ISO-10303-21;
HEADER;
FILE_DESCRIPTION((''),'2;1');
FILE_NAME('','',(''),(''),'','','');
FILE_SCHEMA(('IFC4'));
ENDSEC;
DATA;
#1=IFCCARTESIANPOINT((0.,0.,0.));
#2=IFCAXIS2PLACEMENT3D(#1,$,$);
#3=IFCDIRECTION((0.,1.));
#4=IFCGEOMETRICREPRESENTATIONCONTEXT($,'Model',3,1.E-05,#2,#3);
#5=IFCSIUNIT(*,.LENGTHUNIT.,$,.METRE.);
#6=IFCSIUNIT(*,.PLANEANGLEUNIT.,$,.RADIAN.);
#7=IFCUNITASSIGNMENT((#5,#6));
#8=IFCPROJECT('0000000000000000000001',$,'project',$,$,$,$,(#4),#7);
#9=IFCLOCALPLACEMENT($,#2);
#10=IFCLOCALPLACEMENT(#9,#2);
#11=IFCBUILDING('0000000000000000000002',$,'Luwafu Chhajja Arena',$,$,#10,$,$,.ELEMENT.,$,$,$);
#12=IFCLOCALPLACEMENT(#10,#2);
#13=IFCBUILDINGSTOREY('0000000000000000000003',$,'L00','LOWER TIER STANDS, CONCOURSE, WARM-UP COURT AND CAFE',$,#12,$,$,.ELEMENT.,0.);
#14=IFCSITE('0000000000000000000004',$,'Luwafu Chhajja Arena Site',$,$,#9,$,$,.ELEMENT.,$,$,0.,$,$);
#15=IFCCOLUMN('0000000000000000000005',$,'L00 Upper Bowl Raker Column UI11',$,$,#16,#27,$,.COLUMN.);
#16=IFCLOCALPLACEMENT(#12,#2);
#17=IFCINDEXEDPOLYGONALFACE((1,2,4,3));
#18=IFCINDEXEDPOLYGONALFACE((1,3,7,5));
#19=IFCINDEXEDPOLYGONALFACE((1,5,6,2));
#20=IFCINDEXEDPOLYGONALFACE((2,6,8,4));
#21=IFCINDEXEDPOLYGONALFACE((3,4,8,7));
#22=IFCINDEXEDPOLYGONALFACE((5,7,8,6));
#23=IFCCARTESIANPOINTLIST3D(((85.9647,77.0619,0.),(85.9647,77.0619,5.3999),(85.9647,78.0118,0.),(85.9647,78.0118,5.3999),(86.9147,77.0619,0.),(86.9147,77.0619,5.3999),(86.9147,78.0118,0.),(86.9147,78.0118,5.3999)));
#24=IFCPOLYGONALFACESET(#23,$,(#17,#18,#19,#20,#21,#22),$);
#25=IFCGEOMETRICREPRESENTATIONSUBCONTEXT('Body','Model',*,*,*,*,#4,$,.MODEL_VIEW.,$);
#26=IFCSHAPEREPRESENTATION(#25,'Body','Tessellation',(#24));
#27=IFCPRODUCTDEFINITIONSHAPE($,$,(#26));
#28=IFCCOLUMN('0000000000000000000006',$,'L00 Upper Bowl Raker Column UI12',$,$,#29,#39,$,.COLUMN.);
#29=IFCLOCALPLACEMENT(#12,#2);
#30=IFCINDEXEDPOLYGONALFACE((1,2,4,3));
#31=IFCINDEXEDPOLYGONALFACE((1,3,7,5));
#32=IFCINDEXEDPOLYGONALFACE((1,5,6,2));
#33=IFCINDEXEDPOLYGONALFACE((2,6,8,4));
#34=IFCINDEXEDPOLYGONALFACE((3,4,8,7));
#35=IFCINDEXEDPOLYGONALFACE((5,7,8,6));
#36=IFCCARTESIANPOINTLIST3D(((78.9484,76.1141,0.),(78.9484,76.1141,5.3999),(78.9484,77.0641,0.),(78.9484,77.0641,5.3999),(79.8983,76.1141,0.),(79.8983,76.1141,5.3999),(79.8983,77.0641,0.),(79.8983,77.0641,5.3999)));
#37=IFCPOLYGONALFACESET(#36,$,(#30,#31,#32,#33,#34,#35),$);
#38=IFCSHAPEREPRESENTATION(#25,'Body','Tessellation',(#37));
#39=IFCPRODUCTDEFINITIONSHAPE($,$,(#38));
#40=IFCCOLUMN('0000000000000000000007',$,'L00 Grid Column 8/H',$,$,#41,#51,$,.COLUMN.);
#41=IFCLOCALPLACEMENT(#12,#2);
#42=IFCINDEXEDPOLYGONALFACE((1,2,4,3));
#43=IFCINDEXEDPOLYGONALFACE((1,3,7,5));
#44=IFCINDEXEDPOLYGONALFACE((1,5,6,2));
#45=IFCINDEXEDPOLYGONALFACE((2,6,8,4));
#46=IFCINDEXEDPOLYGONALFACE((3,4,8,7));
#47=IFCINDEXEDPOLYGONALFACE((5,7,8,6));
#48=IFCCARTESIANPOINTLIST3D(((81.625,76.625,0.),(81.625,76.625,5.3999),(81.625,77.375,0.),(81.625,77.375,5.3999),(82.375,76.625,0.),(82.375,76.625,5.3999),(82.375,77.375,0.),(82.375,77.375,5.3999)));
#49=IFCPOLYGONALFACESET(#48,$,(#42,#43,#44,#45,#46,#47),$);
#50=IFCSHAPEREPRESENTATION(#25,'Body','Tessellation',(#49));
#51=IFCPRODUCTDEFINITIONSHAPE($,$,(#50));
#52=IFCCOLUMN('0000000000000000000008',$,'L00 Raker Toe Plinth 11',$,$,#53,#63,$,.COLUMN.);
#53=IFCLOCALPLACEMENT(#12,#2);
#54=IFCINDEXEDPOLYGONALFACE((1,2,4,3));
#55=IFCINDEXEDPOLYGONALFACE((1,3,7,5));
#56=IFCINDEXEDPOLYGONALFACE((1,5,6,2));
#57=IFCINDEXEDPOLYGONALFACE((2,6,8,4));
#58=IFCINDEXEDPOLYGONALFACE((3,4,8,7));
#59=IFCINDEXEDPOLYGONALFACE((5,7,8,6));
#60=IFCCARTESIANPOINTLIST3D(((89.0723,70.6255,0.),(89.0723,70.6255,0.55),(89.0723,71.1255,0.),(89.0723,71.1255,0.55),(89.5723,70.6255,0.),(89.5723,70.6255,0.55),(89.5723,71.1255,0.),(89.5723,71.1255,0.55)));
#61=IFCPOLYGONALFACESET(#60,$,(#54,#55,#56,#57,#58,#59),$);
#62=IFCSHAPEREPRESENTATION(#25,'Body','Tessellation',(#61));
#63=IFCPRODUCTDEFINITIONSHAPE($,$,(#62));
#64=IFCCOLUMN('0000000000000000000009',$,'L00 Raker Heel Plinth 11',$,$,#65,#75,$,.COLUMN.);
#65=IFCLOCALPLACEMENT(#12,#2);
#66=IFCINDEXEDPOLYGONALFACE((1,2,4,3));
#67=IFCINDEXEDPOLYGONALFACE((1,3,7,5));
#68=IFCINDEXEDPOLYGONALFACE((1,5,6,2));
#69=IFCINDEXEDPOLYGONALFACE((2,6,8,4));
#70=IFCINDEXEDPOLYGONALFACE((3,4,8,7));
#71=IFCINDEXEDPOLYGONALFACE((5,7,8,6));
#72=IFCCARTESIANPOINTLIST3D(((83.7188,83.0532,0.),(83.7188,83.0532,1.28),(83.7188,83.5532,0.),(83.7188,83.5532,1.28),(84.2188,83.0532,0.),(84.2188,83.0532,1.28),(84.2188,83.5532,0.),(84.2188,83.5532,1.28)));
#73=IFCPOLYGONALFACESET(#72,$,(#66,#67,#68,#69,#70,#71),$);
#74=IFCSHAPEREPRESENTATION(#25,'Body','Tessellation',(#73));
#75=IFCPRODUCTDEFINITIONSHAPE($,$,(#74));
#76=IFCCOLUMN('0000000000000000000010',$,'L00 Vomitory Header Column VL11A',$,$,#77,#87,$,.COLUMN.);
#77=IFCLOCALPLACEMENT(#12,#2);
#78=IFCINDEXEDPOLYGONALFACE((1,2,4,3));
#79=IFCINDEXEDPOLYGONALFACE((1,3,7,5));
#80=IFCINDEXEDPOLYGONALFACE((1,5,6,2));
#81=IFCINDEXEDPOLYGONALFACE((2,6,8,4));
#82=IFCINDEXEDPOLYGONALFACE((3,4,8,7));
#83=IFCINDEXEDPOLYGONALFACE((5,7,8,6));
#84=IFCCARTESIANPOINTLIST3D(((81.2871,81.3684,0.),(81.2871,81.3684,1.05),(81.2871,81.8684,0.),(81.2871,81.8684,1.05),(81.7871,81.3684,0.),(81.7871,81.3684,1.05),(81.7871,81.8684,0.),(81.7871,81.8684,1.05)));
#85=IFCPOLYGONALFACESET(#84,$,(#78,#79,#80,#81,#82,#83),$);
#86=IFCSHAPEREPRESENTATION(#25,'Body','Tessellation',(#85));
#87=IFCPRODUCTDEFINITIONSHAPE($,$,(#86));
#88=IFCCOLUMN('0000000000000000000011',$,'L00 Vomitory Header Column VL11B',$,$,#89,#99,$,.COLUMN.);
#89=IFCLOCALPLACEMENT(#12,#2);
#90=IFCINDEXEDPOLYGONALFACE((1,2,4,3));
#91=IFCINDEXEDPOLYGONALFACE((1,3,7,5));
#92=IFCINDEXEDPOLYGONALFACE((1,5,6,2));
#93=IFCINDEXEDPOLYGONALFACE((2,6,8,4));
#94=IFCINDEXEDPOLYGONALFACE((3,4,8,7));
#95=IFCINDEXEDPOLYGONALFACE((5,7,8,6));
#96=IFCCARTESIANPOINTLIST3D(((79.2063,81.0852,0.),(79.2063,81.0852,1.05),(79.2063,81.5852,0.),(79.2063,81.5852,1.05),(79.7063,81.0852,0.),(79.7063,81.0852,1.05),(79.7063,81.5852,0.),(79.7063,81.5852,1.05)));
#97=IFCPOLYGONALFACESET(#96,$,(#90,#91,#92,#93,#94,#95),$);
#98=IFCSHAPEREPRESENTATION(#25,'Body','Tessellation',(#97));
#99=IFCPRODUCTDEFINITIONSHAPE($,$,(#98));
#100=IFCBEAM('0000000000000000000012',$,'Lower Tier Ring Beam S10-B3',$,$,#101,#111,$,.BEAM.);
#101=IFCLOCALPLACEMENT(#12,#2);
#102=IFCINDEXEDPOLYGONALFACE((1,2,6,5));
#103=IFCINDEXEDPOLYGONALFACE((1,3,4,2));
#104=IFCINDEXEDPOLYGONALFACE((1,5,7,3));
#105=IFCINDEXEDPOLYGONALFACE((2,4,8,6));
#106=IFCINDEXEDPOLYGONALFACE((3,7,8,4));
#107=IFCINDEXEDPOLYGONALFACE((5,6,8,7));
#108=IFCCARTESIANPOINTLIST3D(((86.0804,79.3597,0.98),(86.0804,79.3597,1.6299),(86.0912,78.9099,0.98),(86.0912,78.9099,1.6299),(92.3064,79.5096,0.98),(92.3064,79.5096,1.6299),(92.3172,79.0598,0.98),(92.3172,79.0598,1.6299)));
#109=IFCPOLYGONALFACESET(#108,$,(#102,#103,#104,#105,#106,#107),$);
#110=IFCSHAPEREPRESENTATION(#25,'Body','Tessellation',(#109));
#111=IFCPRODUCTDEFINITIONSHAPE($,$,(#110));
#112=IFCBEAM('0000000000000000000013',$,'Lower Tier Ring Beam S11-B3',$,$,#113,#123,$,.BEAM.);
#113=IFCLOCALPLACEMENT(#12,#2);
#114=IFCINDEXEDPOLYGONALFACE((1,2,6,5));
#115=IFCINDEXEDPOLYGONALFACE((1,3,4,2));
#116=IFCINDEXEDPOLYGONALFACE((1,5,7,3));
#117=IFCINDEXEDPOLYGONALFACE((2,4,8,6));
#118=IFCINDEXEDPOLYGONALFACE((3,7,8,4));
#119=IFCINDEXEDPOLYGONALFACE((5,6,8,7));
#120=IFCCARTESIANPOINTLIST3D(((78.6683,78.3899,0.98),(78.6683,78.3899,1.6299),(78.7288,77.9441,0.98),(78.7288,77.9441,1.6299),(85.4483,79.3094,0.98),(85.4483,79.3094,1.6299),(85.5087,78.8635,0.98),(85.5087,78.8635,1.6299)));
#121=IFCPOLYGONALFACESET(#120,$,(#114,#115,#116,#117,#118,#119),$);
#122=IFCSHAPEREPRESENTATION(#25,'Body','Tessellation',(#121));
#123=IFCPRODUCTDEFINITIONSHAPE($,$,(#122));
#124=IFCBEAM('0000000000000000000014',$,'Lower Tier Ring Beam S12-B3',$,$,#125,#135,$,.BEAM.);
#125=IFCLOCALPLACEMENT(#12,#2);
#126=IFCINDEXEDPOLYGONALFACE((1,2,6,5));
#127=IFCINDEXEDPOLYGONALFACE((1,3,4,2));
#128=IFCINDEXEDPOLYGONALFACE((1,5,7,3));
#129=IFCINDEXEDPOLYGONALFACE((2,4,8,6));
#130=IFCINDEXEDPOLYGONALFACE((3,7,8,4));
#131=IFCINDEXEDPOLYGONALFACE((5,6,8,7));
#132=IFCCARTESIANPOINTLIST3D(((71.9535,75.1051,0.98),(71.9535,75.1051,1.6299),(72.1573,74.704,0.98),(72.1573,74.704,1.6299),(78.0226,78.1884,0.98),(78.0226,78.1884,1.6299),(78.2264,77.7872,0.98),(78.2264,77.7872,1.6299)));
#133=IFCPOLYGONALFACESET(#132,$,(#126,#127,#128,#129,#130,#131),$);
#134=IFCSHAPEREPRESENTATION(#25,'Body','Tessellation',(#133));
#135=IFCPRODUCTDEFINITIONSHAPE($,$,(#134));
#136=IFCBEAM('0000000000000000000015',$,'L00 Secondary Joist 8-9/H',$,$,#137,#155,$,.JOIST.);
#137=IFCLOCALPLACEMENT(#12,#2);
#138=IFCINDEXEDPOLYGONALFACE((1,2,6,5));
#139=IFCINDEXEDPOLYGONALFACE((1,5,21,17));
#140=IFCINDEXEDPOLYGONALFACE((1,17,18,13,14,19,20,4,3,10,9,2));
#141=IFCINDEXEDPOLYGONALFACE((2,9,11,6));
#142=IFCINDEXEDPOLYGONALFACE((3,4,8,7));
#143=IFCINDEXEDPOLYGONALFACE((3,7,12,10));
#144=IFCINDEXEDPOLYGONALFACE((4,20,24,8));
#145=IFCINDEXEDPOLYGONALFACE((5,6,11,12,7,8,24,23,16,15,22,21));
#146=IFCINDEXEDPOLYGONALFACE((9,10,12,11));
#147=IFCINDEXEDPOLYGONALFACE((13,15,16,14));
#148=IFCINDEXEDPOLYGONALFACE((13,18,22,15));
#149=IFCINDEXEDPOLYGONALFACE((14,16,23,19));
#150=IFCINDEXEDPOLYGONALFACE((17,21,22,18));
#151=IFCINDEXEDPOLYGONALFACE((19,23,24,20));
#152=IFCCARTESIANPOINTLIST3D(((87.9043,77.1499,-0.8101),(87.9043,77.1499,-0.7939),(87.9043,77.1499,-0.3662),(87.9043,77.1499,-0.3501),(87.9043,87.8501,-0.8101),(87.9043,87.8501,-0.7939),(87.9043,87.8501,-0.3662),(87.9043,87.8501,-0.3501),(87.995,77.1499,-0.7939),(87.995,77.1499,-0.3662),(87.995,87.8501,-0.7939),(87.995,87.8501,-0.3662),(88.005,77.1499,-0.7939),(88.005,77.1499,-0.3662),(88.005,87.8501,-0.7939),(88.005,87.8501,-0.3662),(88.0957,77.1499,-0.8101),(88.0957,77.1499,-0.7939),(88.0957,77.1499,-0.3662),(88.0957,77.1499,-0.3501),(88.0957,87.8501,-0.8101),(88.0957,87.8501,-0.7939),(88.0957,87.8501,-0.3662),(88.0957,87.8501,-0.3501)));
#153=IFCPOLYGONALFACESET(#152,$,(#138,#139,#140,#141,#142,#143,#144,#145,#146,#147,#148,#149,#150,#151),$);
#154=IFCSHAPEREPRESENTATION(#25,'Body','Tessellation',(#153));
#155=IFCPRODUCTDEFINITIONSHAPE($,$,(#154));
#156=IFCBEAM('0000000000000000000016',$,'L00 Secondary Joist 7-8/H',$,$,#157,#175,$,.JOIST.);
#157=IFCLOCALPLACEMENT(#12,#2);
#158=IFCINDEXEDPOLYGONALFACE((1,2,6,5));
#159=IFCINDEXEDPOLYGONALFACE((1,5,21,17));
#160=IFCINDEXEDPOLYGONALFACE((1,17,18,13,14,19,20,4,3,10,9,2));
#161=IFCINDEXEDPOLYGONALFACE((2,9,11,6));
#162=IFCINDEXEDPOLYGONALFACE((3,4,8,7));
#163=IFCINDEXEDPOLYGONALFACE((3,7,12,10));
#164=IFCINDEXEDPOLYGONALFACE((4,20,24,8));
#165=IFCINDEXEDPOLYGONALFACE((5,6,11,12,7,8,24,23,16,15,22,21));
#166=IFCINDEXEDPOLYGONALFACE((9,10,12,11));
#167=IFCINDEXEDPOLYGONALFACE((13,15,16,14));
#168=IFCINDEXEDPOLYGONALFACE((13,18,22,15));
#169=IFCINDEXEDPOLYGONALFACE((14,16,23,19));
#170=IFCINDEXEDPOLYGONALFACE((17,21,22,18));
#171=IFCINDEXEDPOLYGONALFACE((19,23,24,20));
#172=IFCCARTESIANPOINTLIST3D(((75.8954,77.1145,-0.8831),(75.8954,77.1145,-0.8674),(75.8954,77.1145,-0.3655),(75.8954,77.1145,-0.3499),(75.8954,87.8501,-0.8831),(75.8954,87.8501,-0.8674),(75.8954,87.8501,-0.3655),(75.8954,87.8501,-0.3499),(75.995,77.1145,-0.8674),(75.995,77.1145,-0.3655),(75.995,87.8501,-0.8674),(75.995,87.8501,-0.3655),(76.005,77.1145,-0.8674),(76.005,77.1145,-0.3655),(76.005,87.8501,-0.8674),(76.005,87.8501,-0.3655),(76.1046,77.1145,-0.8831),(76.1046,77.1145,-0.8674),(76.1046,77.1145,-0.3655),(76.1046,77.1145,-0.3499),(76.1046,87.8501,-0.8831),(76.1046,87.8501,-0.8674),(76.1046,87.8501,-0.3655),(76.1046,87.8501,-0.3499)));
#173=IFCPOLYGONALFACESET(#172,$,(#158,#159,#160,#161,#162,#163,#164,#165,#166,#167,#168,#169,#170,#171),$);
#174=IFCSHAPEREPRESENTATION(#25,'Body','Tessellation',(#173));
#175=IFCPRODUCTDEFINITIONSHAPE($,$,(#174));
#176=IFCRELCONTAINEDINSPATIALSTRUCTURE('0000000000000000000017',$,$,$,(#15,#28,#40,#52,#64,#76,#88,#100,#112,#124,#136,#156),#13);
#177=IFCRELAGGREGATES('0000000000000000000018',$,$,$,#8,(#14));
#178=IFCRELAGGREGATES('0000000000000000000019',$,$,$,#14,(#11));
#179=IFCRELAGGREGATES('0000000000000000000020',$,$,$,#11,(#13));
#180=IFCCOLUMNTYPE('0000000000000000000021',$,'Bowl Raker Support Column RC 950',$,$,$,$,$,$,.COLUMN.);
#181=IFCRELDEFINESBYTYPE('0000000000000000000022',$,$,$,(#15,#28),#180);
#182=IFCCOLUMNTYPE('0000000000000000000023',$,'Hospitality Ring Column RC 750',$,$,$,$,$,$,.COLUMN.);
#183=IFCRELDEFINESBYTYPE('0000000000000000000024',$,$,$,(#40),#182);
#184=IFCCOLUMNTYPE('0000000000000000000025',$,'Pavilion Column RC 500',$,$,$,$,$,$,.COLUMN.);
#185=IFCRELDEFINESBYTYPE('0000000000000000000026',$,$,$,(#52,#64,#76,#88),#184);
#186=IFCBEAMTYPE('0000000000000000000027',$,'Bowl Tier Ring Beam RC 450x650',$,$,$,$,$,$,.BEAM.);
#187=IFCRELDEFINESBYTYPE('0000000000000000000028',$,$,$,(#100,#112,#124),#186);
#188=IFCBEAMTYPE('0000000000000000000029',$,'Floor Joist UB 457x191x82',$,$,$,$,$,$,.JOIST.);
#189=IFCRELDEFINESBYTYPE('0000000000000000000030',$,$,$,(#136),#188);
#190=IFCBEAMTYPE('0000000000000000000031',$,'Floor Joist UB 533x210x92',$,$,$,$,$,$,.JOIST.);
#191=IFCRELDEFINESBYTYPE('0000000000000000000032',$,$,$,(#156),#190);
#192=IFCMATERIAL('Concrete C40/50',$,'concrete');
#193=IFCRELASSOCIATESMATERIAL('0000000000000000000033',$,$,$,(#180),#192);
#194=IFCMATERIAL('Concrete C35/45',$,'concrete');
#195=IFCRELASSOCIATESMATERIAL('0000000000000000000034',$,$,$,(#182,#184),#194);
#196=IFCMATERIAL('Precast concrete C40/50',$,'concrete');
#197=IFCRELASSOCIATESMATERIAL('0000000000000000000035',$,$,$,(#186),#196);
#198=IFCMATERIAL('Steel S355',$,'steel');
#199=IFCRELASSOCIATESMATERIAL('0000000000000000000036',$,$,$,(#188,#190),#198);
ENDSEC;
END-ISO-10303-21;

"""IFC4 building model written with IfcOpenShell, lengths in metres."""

from ifc_helpers import new_model, si_unit, direction, frame, origin, origin_2d, place, context, subcontext, project, spatial, rectangle, i_section, extrude, material, material_profile, profile_set, type_object, element, save


model = new_model("IFC4")

# Units and contexts
model_context = context("Model", 3, precision=1e-05, world=origin(), true_north=direction((0.0, 1.0)))
body_context = subcontext(model_context, "Body", "Model", "MODEL_VIEW")
ifc_project = project(units=[si_unit("LENGTHUNIT", "METRE"), si_unit("PLANEANGLEUNIT", "RADIAN")], contexts=[model_context])

# Site, building, storey
site_placement = place(None, origin())
site = spatial("IfcSite", under=ifc_project, at=site_placement, Name="Luwafu Chhajja Arena Site", CompositionType="ELEMENT", RefElevation=0.0)
building_placement = place(site_placement, origin())
building = spatial("IfcBuilding", under=site, at=building_placement, Name="Luwafu Chhajja Arena", CompositionType="ELEMENT")
storey_placement = place(building_placement, origin())
storey = spatial("IfcBuildingStorey", under=building, at=storey_placement, Name="L00", Description="LOWER TIER STANDS, CONCOURSE, WARM-UP COURT AND CAFE", CompositionType="ELEMENT", Elevation=0.0)

# Columns
ifc_material_1 = material(Name="Concrete C40/50", Category="concrete")
ifc_material_profile_1 = material_profile(ifc_material_1, rectangle(XDim=0.95, YDim=0.95, at=origin_2d()), Name="RC 950x950")
ifc_profile_set_1 = profile_set([ifc_material_profile_1], Name="Concrete C40/50")
column_type_1 = type_object("IfcColumnType", Name="Bowl Raker Support Column RC 950", PredefinedType="COLUMN", material=ifc_profile_set_1)
for number, where, z_axis, x_axis, name in (
    (1, (86.4397, 77.5369, 0.0), (0.0, 0.0, 1.0), (1.0, 0.0, 0.0), "L00 Upper Bowl Raker Column UI11"),
    (2, (79.4233, 76.5891, 0.0), (0.0, 0.0, 1.0), (1.0, 0.0, 0.0), "L00 Upper Bowl Raker Column UI12"),
):
    element("IfcColumn", number, at=place(storey_placement, frame(where, z_axis=z_axis, x_axis=x_axis)), inside=storey, type_object=column_type_1, Name=name, PredefinedType="COLUMN", context=body_context, shape_type="SweptSolid", body=[
        extrude(rectangle(XDim=0.95, YDim=0.95, at=origin_2d()), origin(), (0.0, 0.0, 1.0), 5.3999),
    ])
ifc_material_2 = material(Name="Concrete C35/45", Category="concrete")
ifc_material_profile_2 = material_profile(ifc_material_2, rectangle(XDim=0.75, YDim=0.75, at=origin_2d()), Name="RC 750x750")
ifc_profile_set_2 = profile_set([ifc_material_profile_2], Name="Concrete C35/45")
column_type_2 = type_object("IfcColumnType", Name="Hospitality Ring Column RC 750", PredefinedType="COLUMN", material=ifc_profile_set_2)
column_1_placement = place(storey_placement, frame((82.0, 77.0, 0.0), z_axis=(0.0, 0.0, 1.0), x_axis=(1.0, 0.0, 0.0)))
element("IfcColumn", 3, at=column_1_placement, inside=storey, type_object=column_type_2, Name="L00 Grid Column 8/H", PredefinedType="COLUMN", context=body_context, shape_type="SweptSolid", body=[
    extrude(rectangle(XDim=0.75, YDim=0.75, at=origin_2d()), origin(), (0.0, 0.0, 1.0), 5.3999),
])
ifc_material_profile_3 = material_profile(ifc_material_2, rectangle(XDim=0.5, YDim=0.5, at=origin_2d()), Name="RC 500x500")
ifc_profile_set_3 = profile_set([ifc_material_profile_3], Name="Concrete C35/45")
column_type_3 = type_object("IfcColumnType", Name="Pavilion Column RC 500", PredefinedType="COLUMN", material=ifc_profile_set_3)
column_2_placement = place(storey_placement, frame((89.3223, 70.8755, 0.0), z_axis=(0.0, 0.0, 1.0), x_axis=(1.0, 0.0, 0.0)))
element("IfcColumn", 4, at=column_2_placement, inside=storey, type_object=column_type_3, Name="L00 Raker Toe Plinth 11", PredefinedType="COLUMN", context=body_context, shape_type="SweptSolid", body=[
    extrude(rectangle(XDim=0.5, YDim=0.5, at=origin_2d()), origin(), (0.0, 0.0, 1.0), 0.55),
])
column_3_placement = place(storey_placement, frame((83.9688, 83.3032, 0.0), z_axis=(0.0, 0.0, 1.0), x_axis=(1.0, 0.0, 0.0)))
element("IfcColumn", 5, at=column_3_placement, inside=storey, type_object=column_type_3, Name="L00 Raker Heel Plinth 11", PredefinedType="COLUMN", context=body_context, shape_type="SweptSolid", body=[
    extrude(rectangle(XDim=0.5, YDim=0.5, at=origin_2d()), origin(), (0.0, 0.0, 1.0), 1.28),
])
for number, where, z_axis, x_axis, name in (
    (6, (81.5371, 81.6184, 0.0), (0.0, 0.0, 1.0), (1.0, 0.0, 0.0), "L00 Vomitory Header Column VL11A"),
    (7, (79.4563, 81.3352, 0.0), (0.0, 0.0, 1.0), (1.0, 0.0, 0.0), "L00 Vomitory Header Column VL11B"),
):
    element("IfcColumn", number, at=place(storey_placement, frame(where, z_axis=z_axis, x_axis=x_axis)), inside=storey, type_object=column_type_3, Name=name, PredefinedType="COLUMN", context=body_context, shape_type="SweptSolid", body=[
        extrude(rectangle(XDim=0.5, YDim=0.5, at=origin_2d()), origin(), (0.0, 0.0, 1.0), 1.05),
    ])

# Beams
ifc_material_3 = material(Name="Precast concrete C40/50", Category="concrete")
ifc_material_profile_4 = material_profile(ifc_material_3, rectangle(XDim=0.45, YDim=0.6499, at=origin_2d()), Name="RC 450x650")
ifc_profile_set_4 = profile_set([ifc_material_profile_4], Name="Precast concrete C40/50")
beam_type_1 = type_object("IfcBeamType", Name="Bowl Tier Ring Beam RC 450x650", PredefinedType="BEAM", material=ifc_profile_set_4)
beam_1_placement = place(storey_placement, frame((92.3118, 79.2847, 1.3049), z_axis=(-0.99971, -0.02407, 0.0), x_axis=(0.02407, -0.99971, 0.0)))
element("IfcBeam", 8, at=beam_1_placement, inside=storey, type_object=beam_type_1, Name="Lower Tier Ring Beam S10-B3", PredefinedType="BEAM", context=body_context, shape_type="SweptSolid", body=[
    extrude(rectangle(XDim=0.45, YDim=0.6499, at=origin_2d()), origin(), (0.0, 0.0, 1.0), 6.2278),
])
beam_2_placement = place(storey_placement, frame((85.4785, 79.0864, 1.3049), z_axis=(-0.99093, -0.134379, 0.0), x_axis=(0.134379, -0.99093, 0.0)))
element("IfcBeam", 9, at=beam_2_placement, inside=storey, type_object=beam_type_1, Name="Lower Tier Ring Beam S11-B3", PredefinedType="BEAM", context=body_context, shape_type="SweptSolid", body=[
    extrude(rectangle(XDim=0.45, YDim=0.6499, at=origin_2d()), origin(), (0.0, 0.0, 1.0), 6.842),
])
beam_3_placement = place(storey_placement, frame((78.1245, 77.9878, 1.3049), z_axis=(-0.891547, -0.452928, 0.0), x_axis=(0.452928, -0.891547, 0.0)))
element("IfcBeam", 10, at=beam_3_placement, inside=storey, type_object=beam_type_1, Name="Lower Tier Ring Beam S12-B3", PredefinedType="BEAM", context=body_context, shape_type="SweptSolid", body=[
    extrude(rectangle(XDim=0.45, YDim=0.6499, at=origin_2d()), origin(), (0.0, 0.0, 1.0), 6.8074),
])
ifc_material_4 = material(Name="Steel S355", Category="steel")
ifc_material_profile_5 = material_profile(ifc_material_4, i_section(OverallWidth=0.1914, OverallDepth=0.46, WebThickness=0.01, FlangeThickness=0.0161, at=origin_2d()), Name="UB 457x191x82")
ifc_profile_set_5 = profile_set([ifc_material_profile_5], Name="Steel S355")
beam_type_2 = type_object("IfcBeamType", Name="Floor Joist UB 457x191x82", PredefinedType="JOIST", material=ifc_profile_set_5)
beam_4_placement = place(storey_placement, frame((88.0, 77.1499, -0.5801), z_axis=(0.0, 1.0, 0.0), x_axis=(-1.0, 0.0, 0.0)))
element("IfcBeam", 11, at=beam_4_placement, inside=storey, type_object=beam_type_2, Name="L00 Secondary Joist 8-9/H", PredefinedType="JOIST", context=body_context, shape_type="SweptSolid", body=[
    extrude(i_section(OverallWidth=0.1914, OverallDepth=0.46, WebThickness=0.01, FlangeThickness=0.0161, at=origin_2d()), origin(), (0.0, 0.0, 1.0), 10.7002),
])
ifc_material_profile_6 = material_profile(ifc_material_4, i_section(OverallWidth=0.2092, OverallDepth=0.5332, WebThickness=0.01, FlangeThickness=0.0156, at=origin_2d()), Name="UB 533x210x92")
ifc_profile_set_6 = profile_set([ifc_material_profile_6], Name="Steel S355")
beam_type_3 = type_object("IfcBeamType", Name="Floor Joist UB 533x210x92", PredefinedType="JOIST", material=ifc_profile_set_6)
beam_5_placement = place(storey_placement, frame((76.0, 77.1145, -0.6165), z_axis=(0.0, 1.0, 0.0), x_axis=(-1.0, 0.0, 0.0)))
element("IfcBeam", 12, at=beam_5_placement, inside=storey, type_object=beam_type_3, Name="L00 Secondary Joist 7-8/H", PredefinedType="JOIST", context=body_context, shape_type="SweptSolid", body=[
    extrude(i_section(OverallWidth=0.2092, OverallDepth=0.5332, WebThickness=0.01, FlangeThickness=0.0156, at=origin_2d()), origin(), (0.0, 0.0, 1.0), 10.7356),
])

save(model, "model.ifc")
